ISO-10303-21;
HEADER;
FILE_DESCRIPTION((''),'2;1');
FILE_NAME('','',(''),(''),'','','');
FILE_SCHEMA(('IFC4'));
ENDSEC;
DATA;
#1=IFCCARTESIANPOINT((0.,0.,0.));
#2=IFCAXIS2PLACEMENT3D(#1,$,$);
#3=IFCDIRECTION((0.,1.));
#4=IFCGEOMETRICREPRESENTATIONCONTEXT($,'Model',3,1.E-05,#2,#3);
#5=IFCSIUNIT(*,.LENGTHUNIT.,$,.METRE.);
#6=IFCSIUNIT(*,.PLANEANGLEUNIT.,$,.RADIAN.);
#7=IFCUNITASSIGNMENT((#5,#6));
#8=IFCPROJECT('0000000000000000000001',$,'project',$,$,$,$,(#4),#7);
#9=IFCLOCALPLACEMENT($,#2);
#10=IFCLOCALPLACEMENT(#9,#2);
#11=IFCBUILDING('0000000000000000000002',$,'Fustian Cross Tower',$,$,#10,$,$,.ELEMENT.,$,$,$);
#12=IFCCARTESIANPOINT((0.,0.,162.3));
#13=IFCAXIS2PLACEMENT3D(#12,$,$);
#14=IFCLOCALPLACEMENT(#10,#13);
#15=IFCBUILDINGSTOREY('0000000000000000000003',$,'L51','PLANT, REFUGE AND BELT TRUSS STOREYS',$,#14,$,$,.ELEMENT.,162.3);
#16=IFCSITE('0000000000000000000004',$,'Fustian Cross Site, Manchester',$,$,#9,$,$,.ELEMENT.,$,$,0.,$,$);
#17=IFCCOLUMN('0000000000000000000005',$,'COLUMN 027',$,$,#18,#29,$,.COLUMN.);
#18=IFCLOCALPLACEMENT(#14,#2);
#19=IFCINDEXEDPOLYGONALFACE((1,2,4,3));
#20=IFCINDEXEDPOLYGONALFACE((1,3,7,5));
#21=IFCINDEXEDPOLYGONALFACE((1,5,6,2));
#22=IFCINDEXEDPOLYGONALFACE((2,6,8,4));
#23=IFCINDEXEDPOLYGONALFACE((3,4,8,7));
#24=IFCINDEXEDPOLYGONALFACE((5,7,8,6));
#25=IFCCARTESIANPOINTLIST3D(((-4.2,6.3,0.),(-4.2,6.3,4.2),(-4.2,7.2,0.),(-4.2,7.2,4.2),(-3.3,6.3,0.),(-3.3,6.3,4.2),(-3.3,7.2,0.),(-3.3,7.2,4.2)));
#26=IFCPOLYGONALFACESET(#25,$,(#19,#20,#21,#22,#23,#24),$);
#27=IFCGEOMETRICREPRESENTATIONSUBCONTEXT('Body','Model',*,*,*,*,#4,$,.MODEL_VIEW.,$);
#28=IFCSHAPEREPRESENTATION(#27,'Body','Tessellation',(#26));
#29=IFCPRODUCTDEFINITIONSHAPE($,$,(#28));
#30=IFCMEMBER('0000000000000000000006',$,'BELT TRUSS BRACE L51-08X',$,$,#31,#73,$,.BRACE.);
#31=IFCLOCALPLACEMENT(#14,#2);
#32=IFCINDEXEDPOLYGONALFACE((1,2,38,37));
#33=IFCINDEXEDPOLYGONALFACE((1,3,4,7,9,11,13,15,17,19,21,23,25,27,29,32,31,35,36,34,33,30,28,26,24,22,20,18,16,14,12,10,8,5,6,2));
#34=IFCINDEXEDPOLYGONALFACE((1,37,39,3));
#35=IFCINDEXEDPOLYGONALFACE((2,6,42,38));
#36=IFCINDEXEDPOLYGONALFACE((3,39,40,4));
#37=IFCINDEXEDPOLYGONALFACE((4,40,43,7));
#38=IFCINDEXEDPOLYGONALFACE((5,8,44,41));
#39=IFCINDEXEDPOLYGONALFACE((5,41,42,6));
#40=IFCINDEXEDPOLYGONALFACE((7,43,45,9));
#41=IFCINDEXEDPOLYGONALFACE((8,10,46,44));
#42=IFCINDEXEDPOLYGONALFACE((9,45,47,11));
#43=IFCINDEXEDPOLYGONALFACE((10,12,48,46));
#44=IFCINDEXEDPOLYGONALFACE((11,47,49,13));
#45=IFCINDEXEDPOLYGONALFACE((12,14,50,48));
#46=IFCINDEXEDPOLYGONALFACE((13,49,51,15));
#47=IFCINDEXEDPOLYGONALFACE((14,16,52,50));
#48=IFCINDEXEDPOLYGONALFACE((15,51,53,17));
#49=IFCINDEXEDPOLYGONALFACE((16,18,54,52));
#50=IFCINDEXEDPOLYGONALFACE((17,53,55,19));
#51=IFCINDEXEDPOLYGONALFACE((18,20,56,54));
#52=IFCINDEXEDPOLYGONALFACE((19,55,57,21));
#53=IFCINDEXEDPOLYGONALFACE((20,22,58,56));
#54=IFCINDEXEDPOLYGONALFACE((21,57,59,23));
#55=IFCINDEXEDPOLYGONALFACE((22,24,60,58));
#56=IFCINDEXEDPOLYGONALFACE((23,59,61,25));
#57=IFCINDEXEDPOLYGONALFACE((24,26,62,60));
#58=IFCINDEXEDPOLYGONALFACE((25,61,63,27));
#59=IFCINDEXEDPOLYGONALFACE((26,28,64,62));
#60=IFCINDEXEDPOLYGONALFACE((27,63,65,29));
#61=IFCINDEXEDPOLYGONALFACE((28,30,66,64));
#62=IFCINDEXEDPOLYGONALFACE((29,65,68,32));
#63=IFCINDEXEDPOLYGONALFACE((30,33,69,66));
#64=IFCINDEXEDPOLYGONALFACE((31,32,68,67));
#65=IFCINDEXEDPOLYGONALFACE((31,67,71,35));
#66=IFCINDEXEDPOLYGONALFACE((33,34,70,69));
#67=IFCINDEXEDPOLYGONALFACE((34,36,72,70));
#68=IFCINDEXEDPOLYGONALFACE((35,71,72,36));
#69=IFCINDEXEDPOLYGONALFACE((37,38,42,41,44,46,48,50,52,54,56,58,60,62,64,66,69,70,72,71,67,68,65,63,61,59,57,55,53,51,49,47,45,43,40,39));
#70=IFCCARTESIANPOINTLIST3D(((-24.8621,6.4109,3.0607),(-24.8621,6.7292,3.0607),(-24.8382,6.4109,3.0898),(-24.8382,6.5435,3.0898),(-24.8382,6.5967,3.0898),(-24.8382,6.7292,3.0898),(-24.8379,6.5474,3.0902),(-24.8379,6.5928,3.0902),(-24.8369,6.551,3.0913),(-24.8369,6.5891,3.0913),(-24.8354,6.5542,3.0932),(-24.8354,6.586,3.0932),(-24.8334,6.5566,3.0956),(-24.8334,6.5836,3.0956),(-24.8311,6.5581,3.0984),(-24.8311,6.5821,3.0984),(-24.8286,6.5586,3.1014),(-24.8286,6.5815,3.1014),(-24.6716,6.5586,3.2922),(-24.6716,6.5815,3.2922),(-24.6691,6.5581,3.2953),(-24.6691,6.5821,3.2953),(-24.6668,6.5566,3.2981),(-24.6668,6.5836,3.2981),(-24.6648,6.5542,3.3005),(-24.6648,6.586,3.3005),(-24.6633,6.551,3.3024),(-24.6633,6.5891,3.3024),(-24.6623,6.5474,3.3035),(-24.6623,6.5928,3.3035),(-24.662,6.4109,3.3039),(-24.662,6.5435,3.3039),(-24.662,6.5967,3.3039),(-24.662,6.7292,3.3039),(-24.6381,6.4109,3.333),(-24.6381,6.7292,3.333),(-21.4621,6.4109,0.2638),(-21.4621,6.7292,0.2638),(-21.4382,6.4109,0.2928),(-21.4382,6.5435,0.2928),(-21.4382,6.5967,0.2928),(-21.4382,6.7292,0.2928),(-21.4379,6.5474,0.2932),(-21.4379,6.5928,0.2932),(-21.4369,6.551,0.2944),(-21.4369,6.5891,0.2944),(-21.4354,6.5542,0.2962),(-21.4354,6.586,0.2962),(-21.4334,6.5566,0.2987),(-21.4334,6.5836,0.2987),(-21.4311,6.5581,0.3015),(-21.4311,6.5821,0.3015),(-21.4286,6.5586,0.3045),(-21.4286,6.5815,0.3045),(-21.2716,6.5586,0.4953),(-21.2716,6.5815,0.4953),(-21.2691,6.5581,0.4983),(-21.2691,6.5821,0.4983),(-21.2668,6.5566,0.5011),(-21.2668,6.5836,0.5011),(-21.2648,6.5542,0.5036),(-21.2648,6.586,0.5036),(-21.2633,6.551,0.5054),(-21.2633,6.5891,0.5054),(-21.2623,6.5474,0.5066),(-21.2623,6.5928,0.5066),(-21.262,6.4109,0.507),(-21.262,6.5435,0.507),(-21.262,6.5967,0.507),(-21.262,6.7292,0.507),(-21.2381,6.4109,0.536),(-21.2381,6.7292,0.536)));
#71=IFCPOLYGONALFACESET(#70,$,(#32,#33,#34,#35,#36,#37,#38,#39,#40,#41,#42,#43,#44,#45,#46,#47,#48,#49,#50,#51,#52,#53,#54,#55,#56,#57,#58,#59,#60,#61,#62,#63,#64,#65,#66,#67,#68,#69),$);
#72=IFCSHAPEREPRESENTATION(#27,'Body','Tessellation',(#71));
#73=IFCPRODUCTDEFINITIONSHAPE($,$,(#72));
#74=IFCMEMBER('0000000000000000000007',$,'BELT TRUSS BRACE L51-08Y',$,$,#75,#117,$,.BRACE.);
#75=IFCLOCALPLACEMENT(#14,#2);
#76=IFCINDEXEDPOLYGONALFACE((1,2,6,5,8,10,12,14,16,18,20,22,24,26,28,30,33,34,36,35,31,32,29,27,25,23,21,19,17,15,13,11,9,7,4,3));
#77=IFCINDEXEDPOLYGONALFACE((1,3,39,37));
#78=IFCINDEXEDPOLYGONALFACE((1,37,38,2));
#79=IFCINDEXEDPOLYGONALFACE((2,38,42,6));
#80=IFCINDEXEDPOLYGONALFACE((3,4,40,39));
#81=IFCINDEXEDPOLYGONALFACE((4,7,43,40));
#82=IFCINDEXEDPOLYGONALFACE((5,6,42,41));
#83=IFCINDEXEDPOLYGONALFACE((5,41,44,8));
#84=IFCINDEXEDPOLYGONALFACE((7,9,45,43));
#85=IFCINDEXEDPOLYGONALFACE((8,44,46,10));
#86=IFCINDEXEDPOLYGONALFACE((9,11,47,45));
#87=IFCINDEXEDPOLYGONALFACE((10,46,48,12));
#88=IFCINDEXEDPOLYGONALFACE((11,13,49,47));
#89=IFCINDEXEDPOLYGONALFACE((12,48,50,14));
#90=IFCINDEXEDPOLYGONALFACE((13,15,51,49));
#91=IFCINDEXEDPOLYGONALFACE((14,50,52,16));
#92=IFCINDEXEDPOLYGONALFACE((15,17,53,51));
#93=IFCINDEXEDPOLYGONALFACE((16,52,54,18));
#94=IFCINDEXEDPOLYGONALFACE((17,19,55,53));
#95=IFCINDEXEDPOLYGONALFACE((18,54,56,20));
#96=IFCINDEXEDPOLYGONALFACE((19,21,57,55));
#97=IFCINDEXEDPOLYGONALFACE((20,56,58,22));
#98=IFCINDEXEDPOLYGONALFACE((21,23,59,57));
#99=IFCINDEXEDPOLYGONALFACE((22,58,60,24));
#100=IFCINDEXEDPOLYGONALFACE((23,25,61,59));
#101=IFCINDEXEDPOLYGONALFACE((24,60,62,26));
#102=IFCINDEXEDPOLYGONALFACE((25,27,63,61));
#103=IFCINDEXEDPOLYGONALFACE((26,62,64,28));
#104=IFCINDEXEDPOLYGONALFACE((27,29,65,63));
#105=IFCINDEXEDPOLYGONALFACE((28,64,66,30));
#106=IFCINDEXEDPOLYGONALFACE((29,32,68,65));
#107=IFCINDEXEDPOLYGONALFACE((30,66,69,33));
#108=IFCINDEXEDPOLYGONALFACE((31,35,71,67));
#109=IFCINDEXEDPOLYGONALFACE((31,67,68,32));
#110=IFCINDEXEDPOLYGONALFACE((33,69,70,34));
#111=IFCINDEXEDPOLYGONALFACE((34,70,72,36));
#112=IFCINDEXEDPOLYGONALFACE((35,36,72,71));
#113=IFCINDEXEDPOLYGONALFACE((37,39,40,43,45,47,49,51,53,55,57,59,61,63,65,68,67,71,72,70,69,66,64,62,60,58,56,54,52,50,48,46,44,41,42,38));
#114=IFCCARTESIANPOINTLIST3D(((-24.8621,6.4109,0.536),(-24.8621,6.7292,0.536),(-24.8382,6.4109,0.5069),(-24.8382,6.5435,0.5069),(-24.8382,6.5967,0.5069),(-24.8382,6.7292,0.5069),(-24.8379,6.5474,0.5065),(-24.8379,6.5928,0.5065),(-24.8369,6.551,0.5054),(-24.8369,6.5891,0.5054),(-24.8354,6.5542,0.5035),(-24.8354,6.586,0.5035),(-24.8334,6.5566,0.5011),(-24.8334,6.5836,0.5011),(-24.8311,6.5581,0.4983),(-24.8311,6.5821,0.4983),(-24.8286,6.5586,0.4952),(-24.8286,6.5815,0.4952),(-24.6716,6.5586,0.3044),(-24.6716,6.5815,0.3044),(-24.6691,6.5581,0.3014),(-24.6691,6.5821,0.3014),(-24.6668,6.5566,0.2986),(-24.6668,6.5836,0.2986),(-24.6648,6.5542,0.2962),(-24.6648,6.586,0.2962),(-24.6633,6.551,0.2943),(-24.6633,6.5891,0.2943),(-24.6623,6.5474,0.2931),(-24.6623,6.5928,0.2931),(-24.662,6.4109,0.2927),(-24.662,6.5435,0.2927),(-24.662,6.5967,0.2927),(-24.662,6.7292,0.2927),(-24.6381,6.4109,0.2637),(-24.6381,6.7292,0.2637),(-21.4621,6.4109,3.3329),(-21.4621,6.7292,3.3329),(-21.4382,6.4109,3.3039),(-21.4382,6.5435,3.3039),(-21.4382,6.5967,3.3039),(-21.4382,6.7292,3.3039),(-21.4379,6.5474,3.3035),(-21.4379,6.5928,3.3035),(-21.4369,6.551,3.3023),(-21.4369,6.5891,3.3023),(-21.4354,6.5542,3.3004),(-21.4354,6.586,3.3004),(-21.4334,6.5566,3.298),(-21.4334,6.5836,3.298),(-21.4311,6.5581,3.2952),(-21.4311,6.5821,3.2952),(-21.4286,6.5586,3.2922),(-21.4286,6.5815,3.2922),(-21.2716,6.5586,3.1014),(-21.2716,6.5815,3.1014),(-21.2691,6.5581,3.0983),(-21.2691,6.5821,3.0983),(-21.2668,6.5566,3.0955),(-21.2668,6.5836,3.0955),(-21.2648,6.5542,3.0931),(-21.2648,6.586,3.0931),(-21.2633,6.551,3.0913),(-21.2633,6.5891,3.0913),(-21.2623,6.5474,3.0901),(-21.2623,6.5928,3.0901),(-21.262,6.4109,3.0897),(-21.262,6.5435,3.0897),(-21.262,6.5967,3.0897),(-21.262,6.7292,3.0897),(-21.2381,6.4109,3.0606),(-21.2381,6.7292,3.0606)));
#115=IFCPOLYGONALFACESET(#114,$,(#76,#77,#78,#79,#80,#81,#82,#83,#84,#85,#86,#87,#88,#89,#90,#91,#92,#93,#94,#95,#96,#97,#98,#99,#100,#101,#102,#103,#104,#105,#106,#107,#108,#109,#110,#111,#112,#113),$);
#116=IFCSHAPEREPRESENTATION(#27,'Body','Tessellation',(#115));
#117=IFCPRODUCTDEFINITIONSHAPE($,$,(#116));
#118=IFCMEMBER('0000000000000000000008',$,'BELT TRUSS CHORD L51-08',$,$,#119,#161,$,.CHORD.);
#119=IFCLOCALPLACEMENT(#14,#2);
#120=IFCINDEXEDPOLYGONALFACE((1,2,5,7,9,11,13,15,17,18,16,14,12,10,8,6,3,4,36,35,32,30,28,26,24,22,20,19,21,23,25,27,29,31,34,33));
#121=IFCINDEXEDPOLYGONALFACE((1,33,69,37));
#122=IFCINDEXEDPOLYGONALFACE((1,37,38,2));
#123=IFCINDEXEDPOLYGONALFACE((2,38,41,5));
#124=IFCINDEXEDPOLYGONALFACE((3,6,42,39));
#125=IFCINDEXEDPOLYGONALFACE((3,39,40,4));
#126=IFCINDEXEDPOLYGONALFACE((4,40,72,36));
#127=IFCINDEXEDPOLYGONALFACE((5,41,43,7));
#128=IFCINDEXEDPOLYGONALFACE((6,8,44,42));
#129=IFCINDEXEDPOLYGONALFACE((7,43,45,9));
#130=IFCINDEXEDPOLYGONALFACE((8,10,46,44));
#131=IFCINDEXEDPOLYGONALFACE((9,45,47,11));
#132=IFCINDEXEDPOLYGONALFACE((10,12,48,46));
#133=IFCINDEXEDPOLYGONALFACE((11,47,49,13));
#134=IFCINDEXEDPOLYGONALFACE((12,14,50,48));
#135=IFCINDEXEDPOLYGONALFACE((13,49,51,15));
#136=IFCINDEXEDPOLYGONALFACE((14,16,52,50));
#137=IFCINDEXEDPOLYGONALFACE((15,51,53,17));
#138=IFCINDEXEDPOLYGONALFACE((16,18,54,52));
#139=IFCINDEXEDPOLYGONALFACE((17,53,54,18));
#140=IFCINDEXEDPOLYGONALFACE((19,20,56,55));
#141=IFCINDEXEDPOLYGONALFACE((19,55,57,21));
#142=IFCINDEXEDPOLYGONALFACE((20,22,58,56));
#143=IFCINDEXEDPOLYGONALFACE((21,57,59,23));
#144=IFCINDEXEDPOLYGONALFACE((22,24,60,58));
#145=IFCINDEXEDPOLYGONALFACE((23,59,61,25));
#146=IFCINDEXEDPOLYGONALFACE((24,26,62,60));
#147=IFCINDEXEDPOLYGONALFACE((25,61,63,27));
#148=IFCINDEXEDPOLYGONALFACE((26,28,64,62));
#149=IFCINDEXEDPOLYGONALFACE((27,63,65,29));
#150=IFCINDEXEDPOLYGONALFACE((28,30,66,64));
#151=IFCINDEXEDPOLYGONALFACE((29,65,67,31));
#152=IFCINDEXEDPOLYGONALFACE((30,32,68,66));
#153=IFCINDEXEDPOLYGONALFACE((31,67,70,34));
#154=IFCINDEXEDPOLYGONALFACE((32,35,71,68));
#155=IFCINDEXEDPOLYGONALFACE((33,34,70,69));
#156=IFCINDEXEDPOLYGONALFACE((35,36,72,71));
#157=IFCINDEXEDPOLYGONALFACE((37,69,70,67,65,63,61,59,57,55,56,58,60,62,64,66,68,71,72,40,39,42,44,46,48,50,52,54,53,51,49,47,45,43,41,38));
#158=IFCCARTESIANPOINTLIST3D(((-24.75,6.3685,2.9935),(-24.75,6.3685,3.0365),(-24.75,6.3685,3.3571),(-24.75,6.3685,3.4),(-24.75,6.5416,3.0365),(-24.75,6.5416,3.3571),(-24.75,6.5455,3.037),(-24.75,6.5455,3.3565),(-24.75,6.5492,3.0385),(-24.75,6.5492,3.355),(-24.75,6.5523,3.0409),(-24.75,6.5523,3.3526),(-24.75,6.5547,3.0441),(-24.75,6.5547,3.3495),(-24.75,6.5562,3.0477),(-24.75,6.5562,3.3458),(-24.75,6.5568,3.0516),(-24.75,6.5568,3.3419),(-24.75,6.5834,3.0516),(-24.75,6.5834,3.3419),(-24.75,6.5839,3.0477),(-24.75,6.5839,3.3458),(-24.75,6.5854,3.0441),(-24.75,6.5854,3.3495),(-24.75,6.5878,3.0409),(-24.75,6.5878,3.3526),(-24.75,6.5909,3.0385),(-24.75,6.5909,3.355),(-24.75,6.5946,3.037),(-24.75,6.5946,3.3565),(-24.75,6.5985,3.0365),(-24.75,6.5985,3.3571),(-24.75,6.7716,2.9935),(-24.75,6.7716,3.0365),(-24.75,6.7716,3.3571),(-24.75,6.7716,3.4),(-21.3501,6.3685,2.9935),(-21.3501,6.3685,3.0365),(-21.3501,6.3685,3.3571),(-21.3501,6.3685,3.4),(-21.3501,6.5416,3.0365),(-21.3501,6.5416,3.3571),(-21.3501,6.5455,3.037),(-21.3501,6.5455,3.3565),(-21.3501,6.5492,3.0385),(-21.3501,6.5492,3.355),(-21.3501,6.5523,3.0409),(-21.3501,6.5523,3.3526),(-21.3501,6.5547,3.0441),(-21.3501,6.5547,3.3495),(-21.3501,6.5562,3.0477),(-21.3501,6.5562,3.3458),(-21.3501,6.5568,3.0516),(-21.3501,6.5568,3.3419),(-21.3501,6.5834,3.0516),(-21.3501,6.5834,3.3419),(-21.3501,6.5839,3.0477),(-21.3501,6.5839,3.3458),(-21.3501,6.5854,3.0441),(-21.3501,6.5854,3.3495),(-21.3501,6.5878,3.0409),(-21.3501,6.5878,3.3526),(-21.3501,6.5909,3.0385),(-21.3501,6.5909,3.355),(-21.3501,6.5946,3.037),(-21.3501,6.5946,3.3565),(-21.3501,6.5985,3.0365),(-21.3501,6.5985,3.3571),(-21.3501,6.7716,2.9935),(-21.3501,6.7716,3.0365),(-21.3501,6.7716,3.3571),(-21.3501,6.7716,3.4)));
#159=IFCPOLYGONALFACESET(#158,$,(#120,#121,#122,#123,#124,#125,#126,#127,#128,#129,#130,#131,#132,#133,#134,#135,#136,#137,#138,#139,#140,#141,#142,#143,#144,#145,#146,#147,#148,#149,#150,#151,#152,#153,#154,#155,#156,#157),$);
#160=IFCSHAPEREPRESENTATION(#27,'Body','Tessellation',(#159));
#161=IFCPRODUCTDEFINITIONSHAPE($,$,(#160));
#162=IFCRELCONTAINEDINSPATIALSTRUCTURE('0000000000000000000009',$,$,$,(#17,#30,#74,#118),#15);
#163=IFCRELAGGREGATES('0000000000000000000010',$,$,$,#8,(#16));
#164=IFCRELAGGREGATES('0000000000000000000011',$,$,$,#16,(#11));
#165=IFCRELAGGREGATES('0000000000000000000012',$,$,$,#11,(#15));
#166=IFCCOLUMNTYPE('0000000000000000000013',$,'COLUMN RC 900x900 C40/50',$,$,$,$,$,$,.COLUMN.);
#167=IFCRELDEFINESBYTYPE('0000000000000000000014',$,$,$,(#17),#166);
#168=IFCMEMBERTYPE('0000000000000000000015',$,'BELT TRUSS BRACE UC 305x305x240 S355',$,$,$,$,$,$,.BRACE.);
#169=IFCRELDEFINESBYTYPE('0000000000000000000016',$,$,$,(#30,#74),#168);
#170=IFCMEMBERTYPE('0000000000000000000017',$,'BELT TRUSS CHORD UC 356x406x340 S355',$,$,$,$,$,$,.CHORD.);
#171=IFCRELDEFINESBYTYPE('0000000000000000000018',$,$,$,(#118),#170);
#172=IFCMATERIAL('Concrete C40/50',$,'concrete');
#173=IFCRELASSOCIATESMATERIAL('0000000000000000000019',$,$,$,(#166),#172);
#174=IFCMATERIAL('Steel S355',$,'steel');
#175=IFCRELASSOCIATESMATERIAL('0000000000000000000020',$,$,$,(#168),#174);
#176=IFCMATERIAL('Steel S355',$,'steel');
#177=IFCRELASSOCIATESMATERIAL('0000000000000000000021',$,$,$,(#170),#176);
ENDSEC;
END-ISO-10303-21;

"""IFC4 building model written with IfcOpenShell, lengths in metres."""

from ifc_helpers import new_model, si_unit, direction, frame, origin, origin_2d, place, context, subcontext, project, spatial, rectangle, i_section, extrude, material, material_profile, profile_set, type_object, element, save


model = new_model("IFC4")

# Units and contexts
model_context = context("Model", 3, precision=1e-05, world=origin(), true_north=direction((0.0, 1.0)))
body_context = subcontext(model_context, "Body", "Model", "MODEL_VIEW")
ifc_project = project(units=[si_unit("LENGTHUNIT", "METRE"), si_unit("PLANEANGLEUNIT", "RADIAN")], contexts=[model_context])

# Site, building, storey
site_placement = place(None, origin())
site = spatial("IfcSite", under=ifc_project, at=site_placement, Name="Fustian Cross Site, Manchester", CompositionType="ELEMENT", RefElevation=0.0)
building_placement = place(site_placement, origin())
building = spatial("IfcBuilding", under=site, at=building_placement, Name="Fustian Cross Tower", CompositionType="ELEMENT")
storey_placement = place(building_placement, frame((0.0, 0.0, 162.3)))
storey = spatial("IfcBuildingStorey", under=building, at=storey_placement, Name="L51", Description="PLANT, REFUGE AND BELT TRUSS STOREYS", CompositionType="ELEMENT", Elevation=162.3)

# Column
ifc_material_1 = material(Name="Concrete C40/50", Category="concrete")
ifc_material_profile_1 = material_profile(ifc_material_1, rectangle(XDim=0.8999, YDim=0.8999, at=origin_2d()), Name="RC 900x900")
ifc_profile_set_1 = profile_set([ifc_material_profile_1], Name="Concrete C40/50")
column_type = type_object("IfcColumnType", Name="COLUMN RC 900x900 C40/50", PredefinedType="COLUMN", material=ifc_profile_set_1)
column_placement = place(storey_placement, frame((-3.75, 6.75, 0.0), z_axis=(0.0, 0.0, 1.0), x_axis=(1.0, 0.0, 0.0)))
element("IfcColumn", 1, at=column_placement, inside=storey, type_object=column_type, Name="COLUMN 027", PredefinedType="COLUMN", context=body_context, shape_type="SweptSolid", body=[
    extrude(rectangle(XDim=0.8999, YDim=0.8999, at=origin_2d()), origin(), (0.0, 0.0, 1.0), 4.2),
])

# Members
ifc_material_2 = material(Name="Steel S355", Category="steel")
ifc_material_profile_2 = material_profile(ifc_material_2, i_section(OverallWidth=0.3184, OverallDepth=0.3525, WebThickness=0.0229, FlangeThickness=0.0376, FilletRadius=0.0151, at=origin_2d()), Name="UC 305x305x240")
ifc_profile_set_2 = profile_set([ifc_material_profile_2], Name="Steel S355")
member_type_1 = type_object("IfcMemberType", Name="BELT TRUSS BRACE UC 305x305x240 S355", PredefinedType="BRACE", material=ifc_profile_set_2)
for number, where, z_axis, x_axis, name in (
    (2, (-21.3501, 6.5701, 0.3999), (-0.772269, 0.0, 0.635295), (0.0, -1.0, 0.0), "BELT TRUSS BRACE L51-08X"),
    (3, (-21.3501, 6.5701, 3.1968), (-0.772269, 0.0, -0.635295), (0.0, -1.0, 0.0), "BELT TRUSS BRACE L51-08Y"),
):
    element("IfcMember", number, at=place(storey_placement, frame(where, z_axis=z_axis, x_axis=x_axis)), inside=storey, type_object=member_type_1, Name=name, PredefinedType="BRACE", context=body_context, shape_type="SweptSolid", body=[
        extrude(i_section(OverallWidth=0.3184, OverallDepth=0.3525, WebThickness=0.0229, FlangeThickness=0.0376, FilletRadius=0.0151, at=origin_2d()), origin(), (0.0, 0.0, 1.0), 4.4026),
    ])
ifc_material_3 = material(Name="Steel S355", Category="steel")
ifc_material_profile_3 = material_profile(ifc_material_3, i_section(OverallWidth=0.4031, OverallDepth=0.4065, WebThickness=0.0266, FlangeThickness=0.043, FilletRadius=0.0151, at=origin_2d()), Name="UC 356x406x340")
ifc_profile_set_3 = profile_set([ifc_material_profile_3], Name="Steel S355")
member_type_2 = type_object("IfcMemberType", Name="BELT TRUSS CHORD UC 356x406x340 S355", PredefinedType="CHORD", material=ifc_profile_set_3)
for number, where, z_axis, x_axis, name in (
    (4, (-21.3501, 6.5701, 3.1968), (-1.0, 0.0, 0.0), (0.0, -1.0, 0.0), "BELT TRUSS CHORD L51-08"),
):
    element("IfcMember", number, at=place(storey_placement, frame(where, z_axis=z_axis, x_axis=x_axis)), inside=storey, type_object=member_type_2, Name=name, PredefinedType="CHORD", context=body_context, shape_type="SweptSolid", body=[
        extrude(i_section(OverallWidth=0.4031, OverallDepth=0.4065, WebThickness=0.0266, FlangeThickness=0.043, FilletRadius=0.0151, at=origin_2d()), origin(), (0.0, 0.0, 1.0), 3.3999),
    ])

save(model, "model.ifc")
